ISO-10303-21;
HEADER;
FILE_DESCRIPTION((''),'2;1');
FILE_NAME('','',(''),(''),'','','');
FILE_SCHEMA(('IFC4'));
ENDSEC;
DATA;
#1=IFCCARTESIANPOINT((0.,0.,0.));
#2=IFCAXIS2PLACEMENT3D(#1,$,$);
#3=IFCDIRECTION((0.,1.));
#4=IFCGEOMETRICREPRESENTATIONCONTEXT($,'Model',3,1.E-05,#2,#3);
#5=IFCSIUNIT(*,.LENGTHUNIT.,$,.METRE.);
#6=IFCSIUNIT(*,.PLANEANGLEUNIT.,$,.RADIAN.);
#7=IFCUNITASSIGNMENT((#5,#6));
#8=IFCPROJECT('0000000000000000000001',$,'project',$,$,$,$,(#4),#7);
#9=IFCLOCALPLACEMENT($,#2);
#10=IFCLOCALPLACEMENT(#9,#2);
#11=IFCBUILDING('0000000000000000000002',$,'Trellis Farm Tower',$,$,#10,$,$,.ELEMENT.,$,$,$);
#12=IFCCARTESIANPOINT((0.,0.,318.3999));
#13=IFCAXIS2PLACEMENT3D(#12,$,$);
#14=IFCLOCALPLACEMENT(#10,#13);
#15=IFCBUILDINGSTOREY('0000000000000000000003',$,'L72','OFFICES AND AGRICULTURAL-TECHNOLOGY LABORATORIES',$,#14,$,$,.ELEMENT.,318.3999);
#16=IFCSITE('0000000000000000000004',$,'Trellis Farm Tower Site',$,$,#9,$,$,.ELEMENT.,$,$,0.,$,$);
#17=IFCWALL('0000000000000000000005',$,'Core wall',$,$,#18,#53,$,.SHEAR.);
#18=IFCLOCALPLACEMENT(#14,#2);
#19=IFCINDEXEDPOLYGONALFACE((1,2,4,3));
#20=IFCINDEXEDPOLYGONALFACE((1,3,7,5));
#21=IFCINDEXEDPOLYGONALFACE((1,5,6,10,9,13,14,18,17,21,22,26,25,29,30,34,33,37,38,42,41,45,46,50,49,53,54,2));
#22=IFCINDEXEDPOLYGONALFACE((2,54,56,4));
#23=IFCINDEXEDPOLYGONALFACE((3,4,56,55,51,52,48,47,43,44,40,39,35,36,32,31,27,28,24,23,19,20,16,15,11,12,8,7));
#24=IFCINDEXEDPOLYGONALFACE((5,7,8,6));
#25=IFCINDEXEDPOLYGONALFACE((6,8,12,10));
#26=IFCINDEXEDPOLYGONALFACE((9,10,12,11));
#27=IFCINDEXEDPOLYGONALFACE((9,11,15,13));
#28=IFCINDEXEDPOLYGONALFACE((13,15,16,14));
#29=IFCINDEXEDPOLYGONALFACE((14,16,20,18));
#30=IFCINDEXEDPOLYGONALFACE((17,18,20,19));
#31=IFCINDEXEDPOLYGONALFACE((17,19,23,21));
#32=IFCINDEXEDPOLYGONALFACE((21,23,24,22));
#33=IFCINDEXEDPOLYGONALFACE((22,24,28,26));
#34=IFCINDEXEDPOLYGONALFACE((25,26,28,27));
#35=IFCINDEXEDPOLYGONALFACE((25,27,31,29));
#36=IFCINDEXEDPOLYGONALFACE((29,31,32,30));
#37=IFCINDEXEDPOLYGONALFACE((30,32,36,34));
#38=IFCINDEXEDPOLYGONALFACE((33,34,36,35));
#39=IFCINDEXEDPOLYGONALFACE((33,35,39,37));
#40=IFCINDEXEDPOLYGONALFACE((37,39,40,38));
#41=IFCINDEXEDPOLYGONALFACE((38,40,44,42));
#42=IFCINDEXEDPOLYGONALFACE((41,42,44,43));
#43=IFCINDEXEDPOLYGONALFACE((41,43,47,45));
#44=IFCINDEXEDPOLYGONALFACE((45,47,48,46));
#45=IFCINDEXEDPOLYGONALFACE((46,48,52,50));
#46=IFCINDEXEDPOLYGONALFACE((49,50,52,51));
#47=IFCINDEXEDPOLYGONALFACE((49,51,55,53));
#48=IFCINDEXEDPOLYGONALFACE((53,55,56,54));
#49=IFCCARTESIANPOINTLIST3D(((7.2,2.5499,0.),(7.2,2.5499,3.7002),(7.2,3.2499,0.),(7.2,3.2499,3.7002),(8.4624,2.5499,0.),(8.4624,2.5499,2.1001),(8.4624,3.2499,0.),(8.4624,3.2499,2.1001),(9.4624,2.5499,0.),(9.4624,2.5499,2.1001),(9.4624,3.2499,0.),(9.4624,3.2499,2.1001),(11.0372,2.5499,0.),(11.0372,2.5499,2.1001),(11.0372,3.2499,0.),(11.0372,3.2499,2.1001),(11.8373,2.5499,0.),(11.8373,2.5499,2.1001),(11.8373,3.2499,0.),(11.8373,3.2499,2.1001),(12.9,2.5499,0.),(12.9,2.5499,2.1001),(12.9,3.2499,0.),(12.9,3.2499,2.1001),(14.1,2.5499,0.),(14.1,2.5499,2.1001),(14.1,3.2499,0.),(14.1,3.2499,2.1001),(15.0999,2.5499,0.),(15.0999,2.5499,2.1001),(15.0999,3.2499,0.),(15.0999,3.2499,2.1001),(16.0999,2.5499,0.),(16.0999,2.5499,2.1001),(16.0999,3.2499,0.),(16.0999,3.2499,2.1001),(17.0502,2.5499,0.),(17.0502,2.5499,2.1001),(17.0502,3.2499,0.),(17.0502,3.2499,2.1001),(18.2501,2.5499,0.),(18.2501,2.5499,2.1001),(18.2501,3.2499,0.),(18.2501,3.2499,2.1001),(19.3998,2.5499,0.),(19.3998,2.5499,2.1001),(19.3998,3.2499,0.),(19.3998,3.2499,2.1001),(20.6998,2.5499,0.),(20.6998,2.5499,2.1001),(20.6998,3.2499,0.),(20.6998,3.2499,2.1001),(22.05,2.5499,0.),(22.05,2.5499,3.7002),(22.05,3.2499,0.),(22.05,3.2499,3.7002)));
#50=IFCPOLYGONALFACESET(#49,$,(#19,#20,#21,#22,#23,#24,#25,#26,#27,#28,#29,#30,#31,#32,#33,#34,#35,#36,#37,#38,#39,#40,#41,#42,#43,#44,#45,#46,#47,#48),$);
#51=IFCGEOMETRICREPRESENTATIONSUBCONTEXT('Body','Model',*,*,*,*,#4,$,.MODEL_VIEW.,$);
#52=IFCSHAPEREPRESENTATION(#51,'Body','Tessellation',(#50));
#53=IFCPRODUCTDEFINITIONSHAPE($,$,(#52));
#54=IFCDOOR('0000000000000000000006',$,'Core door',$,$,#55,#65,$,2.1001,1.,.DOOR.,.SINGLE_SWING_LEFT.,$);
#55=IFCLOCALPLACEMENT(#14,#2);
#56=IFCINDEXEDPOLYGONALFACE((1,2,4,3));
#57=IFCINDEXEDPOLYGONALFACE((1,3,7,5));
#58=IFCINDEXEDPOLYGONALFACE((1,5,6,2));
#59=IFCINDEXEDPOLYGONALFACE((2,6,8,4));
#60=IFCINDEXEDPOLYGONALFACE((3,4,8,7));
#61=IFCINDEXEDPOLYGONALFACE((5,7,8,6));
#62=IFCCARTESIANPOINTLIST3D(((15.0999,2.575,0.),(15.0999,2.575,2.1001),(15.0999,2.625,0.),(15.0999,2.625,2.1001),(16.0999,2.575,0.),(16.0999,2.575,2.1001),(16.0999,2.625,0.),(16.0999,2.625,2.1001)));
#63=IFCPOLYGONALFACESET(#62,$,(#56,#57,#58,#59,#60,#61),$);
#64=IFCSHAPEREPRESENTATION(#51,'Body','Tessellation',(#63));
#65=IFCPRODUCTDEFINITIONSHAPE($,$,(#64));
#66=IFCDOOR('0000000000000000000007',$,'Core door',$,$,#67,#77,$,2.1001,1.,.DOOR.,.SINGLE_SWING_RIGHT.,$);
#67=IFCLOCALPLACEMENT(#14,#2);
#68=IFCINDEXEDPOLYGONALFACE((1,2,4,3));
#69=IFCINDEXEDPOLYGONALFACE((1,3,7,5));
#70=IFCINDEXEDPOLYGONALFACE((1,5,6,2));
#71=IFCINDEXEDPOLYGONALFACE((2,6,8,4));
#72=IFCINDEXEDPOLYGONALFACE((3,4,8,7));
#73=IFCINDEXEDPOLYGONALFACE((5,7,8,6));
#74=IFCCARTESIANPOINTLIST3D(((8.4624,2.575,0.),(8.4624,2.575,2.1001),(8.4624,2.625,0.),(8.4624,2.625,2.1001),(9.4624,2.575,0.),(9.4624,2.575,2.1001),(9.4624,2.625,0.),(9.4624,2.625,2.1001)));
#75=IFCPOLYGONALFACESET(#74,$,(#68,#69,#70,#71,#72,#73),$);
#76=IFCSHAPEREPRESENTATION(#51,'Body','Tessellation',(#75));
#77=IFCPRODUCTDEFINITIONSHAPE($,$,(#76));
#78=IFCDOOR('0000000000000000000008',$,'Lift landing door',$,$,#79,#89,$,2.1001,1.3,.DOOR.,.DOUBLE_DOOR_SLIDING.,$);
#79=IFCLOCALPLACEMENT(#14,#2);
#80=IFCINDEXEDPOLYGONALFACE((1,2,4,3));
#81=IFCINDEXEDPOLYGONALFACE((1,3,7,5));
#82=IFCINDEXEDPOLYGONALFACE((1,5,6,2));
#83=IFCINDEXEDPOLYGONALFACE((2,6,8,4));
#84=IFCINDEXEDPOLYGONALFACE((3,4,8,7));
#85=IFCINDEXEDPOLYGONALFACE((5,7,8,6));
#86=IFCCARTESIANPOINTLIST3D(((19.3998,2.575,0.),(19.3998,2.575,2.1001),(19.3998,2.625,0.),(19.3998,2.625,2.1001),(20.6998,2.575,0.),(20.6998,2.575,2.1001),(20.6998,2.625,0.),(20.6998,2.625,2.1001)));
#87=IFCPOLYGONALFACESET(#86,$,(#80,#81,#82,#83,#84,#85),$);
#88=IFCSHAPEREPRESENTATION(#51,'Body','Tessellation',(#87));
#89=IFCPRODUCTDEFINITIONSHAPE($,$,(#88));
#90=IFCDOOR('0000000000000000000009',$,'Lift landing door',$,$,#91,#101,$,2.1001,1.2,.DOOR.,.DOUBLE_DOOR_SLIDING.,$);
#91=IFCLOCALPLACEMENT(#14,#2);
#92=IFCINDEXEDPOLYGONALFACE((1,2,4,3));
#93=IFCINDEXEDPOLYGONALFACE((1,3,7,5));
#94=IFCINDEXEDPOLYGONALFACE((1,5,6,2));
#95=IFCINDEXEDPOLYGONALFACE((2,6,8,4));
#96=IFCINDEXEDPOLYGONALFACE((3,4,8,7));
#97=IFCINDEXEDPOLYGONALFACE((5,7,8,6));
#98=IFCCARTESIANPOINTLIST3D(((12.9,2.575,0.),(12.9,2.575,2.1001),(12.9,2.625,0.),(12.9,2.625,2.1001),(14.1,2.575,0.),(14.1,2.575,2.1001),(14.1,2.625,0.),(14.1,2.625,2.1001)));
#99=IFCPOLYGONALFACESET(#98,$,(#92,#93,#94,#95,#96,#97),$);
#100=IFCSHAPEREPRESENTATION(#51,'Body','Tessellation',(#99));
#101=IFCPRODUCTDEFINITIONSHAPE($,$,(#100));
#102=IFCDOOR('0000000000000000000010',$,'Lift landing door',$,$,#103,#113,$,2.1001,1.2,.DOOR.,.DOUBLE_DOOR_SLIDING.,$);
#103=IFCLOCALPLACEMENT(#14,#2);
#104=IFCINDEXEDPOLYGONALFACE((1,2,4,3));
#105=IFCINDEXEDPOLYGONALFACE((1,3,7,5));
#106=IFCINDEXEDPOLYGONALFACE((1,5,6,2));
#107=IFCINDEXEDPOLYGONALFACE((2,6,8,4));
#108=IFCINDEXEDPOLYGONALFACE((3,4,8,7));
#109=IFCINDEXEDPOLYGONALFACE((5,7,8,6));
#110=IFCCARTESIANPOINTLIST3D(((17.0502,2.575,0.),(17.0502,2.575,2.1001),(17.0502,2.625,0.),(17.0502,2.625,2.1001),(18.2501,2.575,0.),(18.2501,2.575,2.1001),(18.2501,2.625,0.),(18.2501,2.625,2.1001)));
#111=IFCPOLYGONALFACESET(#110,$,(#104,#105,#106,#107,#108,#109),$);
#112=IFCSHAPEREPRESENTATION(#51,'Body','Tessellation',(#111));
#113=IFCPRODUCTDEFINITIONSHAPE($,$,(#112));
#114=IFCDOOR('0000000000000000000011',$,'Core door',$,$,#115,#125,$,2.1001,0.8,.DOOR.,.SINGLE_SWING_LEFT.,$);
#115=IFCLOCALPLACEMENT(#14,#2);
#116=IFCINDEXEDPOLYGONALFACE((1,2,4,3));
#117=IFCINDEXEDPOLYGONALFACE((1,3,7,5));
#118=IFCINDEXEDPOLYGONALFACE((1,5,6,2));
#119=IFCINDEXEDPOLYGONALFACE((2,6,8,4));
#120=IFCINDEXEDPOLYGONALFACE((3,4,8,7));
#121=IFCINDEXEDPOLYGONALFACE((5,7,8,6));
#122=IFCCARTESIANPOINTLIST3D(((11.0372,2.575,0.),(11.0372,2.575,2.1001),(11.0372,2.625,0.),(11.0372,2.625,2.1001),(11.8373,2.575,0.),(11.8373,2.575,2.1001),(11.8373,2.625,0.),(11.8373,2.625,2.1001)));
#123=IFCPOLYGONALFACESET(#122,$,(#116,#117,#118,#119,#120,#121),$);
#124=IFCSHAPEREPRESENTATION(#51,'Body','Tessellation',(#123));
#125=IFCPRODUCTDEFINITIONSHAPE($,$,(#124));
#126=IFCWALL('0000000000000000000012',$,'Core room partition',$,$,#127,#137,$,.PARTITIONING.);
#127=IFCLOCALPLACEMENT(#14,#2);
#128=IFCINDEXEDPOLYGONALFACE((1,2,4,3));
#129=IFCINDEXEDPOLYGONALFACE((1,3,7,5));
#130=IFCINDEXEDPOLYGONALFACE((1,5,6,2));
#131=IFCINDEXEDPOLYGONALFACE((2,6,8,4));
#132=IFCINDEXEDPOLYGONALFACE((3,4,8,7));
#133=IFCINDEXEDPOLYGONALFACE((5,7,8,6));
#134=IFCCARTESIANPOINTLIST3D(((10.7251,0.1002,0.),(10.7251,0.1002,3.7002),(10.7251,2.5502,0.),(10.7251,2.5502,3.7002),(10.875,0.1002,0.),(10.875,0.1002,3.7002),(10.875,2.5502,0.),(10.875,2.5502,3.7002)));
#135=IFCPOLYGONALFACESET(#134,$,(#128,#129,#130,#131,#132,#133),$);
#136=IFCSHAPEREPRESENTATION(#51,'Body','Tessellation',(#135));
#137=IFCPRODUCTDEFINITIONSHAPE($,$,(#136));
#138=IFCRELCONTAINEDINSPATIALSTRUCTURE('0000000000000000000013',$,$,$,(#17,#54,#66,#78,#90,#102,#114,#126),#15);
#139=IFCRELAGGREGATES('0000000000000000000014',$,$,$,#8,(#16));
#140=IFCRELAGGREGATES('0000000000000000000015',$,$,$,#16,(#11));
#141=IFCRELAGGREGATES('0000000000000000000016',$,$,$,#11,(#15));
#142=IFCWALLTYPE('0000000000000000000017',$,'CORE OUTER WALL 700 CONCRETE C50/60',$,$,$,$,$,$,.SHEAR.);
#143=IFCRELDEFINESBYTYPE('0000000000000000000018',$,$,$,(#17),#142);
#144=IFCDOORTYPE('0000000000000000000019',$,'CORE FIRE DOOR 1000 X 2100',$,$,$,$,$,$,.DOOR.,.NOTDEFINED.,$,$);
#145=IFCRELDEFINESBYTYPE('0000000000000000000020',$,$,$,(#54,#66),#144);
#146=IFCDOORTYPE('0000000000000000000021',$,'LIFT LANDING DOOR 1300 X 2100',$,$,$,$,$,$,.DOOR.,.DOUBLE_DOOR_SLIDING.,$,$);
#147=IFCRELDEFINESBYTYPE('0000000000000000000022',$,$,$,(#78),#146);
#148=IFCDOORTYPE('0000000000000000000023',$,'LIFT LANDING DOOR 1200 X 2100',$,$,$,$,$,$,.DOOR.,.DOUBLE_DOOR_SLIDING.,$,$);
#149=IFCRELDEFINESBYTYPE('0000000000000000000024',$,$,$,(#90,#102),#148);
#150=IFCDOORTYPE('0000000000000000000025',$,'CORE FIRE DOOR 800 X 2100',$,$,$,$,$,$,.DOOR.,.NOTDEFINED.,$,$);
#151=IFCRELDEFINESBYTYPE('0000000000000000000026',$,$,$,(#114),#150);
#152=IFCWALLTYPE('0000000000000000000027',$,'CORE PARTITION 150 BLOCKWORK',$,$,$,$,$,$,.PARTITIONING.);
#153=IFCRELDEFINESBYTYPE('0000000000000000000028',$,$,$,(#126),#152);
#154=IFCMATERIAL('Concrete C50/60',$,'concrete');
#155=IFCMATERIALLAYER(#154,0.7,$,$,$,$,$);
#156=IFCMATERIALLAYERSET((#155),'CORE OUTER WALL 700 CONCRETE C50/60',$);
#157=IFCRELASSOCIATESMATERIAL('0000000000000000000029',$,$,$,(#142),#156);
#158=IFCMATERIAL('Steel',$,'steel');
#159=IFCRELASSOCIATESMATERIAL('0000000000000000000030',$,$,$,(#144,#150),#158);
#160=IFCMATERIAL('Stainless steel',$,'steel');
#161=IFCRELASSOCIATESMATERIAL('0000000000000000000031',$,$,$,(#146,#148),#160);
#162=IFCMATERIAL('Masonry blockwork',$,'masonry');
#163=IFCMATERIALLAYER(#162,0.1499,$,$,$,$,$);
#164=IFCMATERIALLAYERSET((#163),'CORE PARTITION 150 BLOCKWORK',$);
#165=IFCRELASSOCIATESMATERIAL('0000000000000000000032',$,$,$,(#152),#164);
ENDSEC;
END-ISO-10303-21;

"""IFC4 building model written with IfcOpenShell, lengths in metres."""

from ifc_helpers import new_model, si_unit, direction, frame, frame_2d, origin, place, context, subcontext, project, spatial, rectangle, extrude, source, transform, mapped, material, layer, layer_set, type_object, element, fill, save


model = new_model("IFC4")

# Units and contexts
model_context = context("Model", 3, precision=1e-05, world=origin(), true_north=direction((0.0, 1.0)))
body_context = subcontext(model_context, "Body", "Model", "MODEL_VIEW")
ifc_project = project(units=[si_unit("LENGTHUNIT", "METRE"), si_unit("PLANEANGLEUNIT", "RADIAN")], contexts=[model_context])

# Site, building, storey
site_placement = place(None, origin())
site = spatial("IfcSite", under=ifc_project, at=site_placement, Name="Trellis Farm Tower Site", CompositionType="ELEMENT", RefElevation=0.0)
building_placement = place(site_placement, origin())
building = spatial("IfcBuilding", under=site, at=building_placement, Name="Trellis Farm Tower", CompositionType="ELEMENT")
storey_placement = place(building_placement, frame((0.0, 0.0, 318.3999)))
storey = spatial("IfcBuildingStorey", under=building, at=storey_placement, Name="L72", Description="OFFICES AND AGRICULTURAL-TECHNOLOGY LABORATORIES", CompositionType="ELEMENT", Elevation=318.3999)

# Wall, openings, doors
ifc_material_1 = material(Name="Concrete C50/60", Category="concrete")
ifc_layer_1 = layer(ifc_material_1, 0.7)
ifc_layer_set_1 = layer_set([ifc_layer_1], Name="CORE OUTER WALL 700 CONCRETE C50/60")
wall_type_1 = type_object("IfcWallType", Name="CORE OUTER WALL 700 CONCRETE C50/60", PredefinedType="SHEAR", material=ifc_layer_set_1)
shared_shape_1 = source(origin(), body_context, "Body", "SweptSolid", [
    extrude(rectangle(XDim=14.8501, YDim=0.7, at=frame_2d((7.425, 0.0))), origin(), (0.0, 0.0, 1.0), 3.7002),
])
wall_1_placement = place(storey_placement, frame((7.2, 2.8999, 0.0), z_axis=(0.0, 0.0, 1.0), x_axis=(1.0, 0.0, 0.0)))
wall_1 = element("IfcWall", 1, at=wall_1_placement, inside=storey, type_object=wall_type_1, Name="Core wall", PredefinedType="SHEAR", context=body_context, shape_type="MappedRepresentation", body=[
    mapped(shared_shape_1, transform((0.0, 0.0, 0.0))),
])
shared_shape_2 = source(origin(), body_context, "Body", "SweptSolid", [
    extrude(rectangle(XDim=1.2, YDim=2.1001, at=frame_2d((0.6001, 1.05))), frame((0.0, 0.3601, 0.0), z_axis=(0.0, -1.0, 0.0), x_axis=(1.0, 0.0, 0.0)), (0.0, 0.0, 1.0), 0.7202),
])
opening_1_placement = place(wall_1_placement, frame((5.7, 0.0, 0.0)))
opening_1 = element("IfcOpeningElement", 2, at=opening_1_placement, cuts=wall_1, PredefinedType="OPENING", context=body_context, shape_type="MappedRepresentation", body=[
    mapped(shared_shape_2, transform((0.0, 0.0, 0.0))),
])
shared_shape_3 = source(origin(), body_context, "Body", "SweptSolid", [
    extrude(rectangle(XDim=1.3, YDim=2.1001, at=frame_2d((0.6499, 1.05))), frame((0.0, 0.3601, 0.0), z_axis=(0.0, -1.0, 0.0), x_axis=(1.0, 0.0, 0.0)), (0.0, 0.0, 1.0), 0.7202),
])
opening_2_placement = place(wall_1_placement, frame((12.2, 0.0, 0.0)))
opening_2 = element("IfcOpeningElement", 3, at=opening_2_placement, cuts=wall_1, PredefinedType="OPENING", context=body_context, shape_type="MappedRepresentation", body=[
    mapped(shared_shape_3, transform((0.0, 0.0, 0.0))),
])
opening_3_placement = place(wall_1_placement, frame((9.8501, 0.0, 0.0)))
opening_3 = element("IfcOpeningElement", 4, at=opening_3_placement, cuts=wall_1, PredefinedType="OPENING", context=body_context, shape_type="MappedRepresentation", body=[
    mapped(shared_shape_2, transform((0.0, 0.0, 0.0))),
])
shared_shape_4 = source(origin(), body_context, "Body", "SweptSolid", [
    extrude(rectangle(XDim=1.0, YDim=2.1001, at=frame_2d((0.5, 1.05))), frame((0.0, 0.3601, 0.0), z_axis=(0.0, -1.0, 0.0), x_axis=(1.0, 0.0, 0.0)), (0.0, 0.0, 1.0), 0.7202),
])
opening_4_placement = place(wall_1_placement, frame((7.8999, 0.0, 0.0)))
opening_4 = element("IfcOpeningElement", 5, at=opening_4_placement, cuts=wall_1, PredefinedType="OPENING", context=body_context, shape_type="MappedRepresentation", body=[
    mapped(shared_shape_4, transform((0.0, 0.0, 0.0))),
])
opening_5_placement = place(wall_1_placement, frame((1.2625, 0.0, 0.0)))
opening_5 = element("IfcOpeningElement", 6, at=opening_5_placement, cuts=wall_1, PredefinedType="OPENING", context=body_context, shape_type="MappedRepresentation", body=[
    mapped(shared_shape_4, transform((0.0, 0.0, 0.0))),
])
shared_shape_5 = source(origin(), body_context, "Body", "SweptSolid", [
    extrude(rectangle(XDim=0.8, YDim=2.1001, at=frame_2d((0.3999, 1.05))), frame((0.0, 0.3601, 0.0), z_axis=(0.0, -1.0, 0.0), x_axis=(1.0, 0.0, 0.0)), (0.0, 0.0, 1.0), 0.7202),
])
opening_6_placement = place(wall_1_placement, frame((3.8374, 0.0, 0.0)))
opening_6 = element("IfcOpeningElement", 7, at=opening_6_placement, cuts=wall_1, PredefinedType="OPENING", context=body_context, shape_type="MappedRepresentation", body=[
    mapped(shared_shape_5, transform((0.0, 0.0, 0.0))),
])
ifc_material_2 = material(Name="Steel", Category="steel")
door_type_1 = type_object("IfcDoorType", Name="CORE FIRE DOOR 1000 X 2100", OperationType="NOTDEFINED", PredefinedType="DOOR", material=ifc_material_2)
shared_shape_6 = source(origin(), body_context, "Body", "SweptSolid", [
    extrude(rectangle(XDim=1.0, YDim=2.1001, at=frame_2d((0.5, 1.05))), frame((0.0, -0.2749, 0.0), z_axis=(0.0, -1.0, 0.0), x_axis=(1.0, 0.0, 0.0)), (0.0, 0.0, 1.0), 0.05),
])
door_1_placement = place(opening_4_placement, origin())
door_1 = element("IfcDoor", 8, at=door_1_placement, inside=storey, type_object=door_type_1, Name="Core door", OperationType="SINGLE_SWING_LEFT", OverallHeight=2.1001, OverallWidth=1.0, PredefinedType="DOOR", context=body_context, shape_type="MappedRepresentation", body=[
    mapped(shared_shape_6, transform((0.0, 0.0, 0.0))),
])
fill(opening_4, door_1)
door_2_placement = place(opening_5_placement, origin())
door_2 = element("IfcDoor", 9, at=door_2_placement, inside=storey, type_object=door_type_1, Name="Core door", OperationType="SINGLE_SWING_RIGHT", OverallHeight=2.1001, OverallWidth=1.0, PredefinedType="DOOR", context=body_context, shape_type="MappedRepresentation", body=[
    mapped(shared_shape_6, transform((0.0, 0.0, 0.0))),
])
fill(opening_5, door_2)
ifc_material_3 = material(Name="Stainless steel", Category="steel")
door_type_2 = type_object("IfcDoorType", Name="LIFT LANDING DOOR 1300 X 2100", OperationType="DOUBLE_DOOR_SLIDING", PredefinedType="DOOR", material=ifc_material_3)
shared_shape_7 = source(origin(), body_context, "Body", "SweptSolid", [
    extrude(rectangle(XDim=1.3, YDim=2.1001, at=frame_2d((0.6499, 1.05))), frame((0.0, -0.2749, 0.0), z_axis=(0.0, -1.0, 0.0), x_axis=(1.0, 0.0, 0.0)), (0.0, 0.0, 1.0), 0.05),
])
door_3_placement = place(opening_2_placement, origin())
door_3 = element("IfcDoor", 10, at=door_3_placement, inside=storey, type_object=door_type_2, Name="Lift landing door", OperationType="DOUBLE_DOOR_SLIDING", OverallHeight=2.1001, OverallWidth=1.3, PredefinedType="DOOR", context=body_context, shape_type="MappedRepresentation", body=[
    mapped(shared_shape_7, transform((0.0, 0.0, 0.0))),
])
fill(opening_2, door_3)
door_type_3 = type_object("IfcDoorType", Name="LIFT LANDING DOOR 1200 X 2100", OperationType="DOUBLE_DOOR_SLIDING", PredefinedType="DOOR", material=ifc_material_3)
shared_shape_8 = source(origin(), body_context, "Body", "SweptSolid", [
    extrude(rectangle(XDim=1.2, YDim=2.1001, at=frame_2d((0.6001, 1.05))), frame((0.0, -0.2749, 0.0), z_axis=(0.0, -1.0, 0.0), x_axis=(1.0, 0.0, 0.0)), (0.0, 0.0, 1.0), 0.05),
])
door_4_placement = place(opening_1_placement, origin())
door_4 = element("IfcDoor", 11, at=door_4_placement, inside=storey, type_object=door_type_3, Name="Lift landing door", OperationType="DOUBLE_DOOR_SLIDING", OverallHeight=2.1001, OverallWidth=1.2, PredefinedType="DOOR", context=body_context, shape_type="MappedRepresentation", body=[
    mapped(shared_shape_8, transform((0.0, 0.0, 0.0))),
])
fill(opening_1, door_4)
door_5_placement = place(opening_3_placement, origin())
door_5 = element("IfcDoor", 12, at=door_5_placement, inside=storey, type_object=door_type_3, Name="Lift landing door", OperationType="DOUBLE_DOOR_SLIDING", OverallHeight=2.1001, OverallWidth=1.2, PredefinedType="DOOR", context=body_context, shape_type="MappedRepresentation", body=[
    mapped(shared_shape_8, transform((0.0, 0.0, 0.0))),
])
fill(opening_3, door_5)
door_type_4 = type_object("IfcDoorType", Name="CORE FIRE DOOR 800 X 2100", OperationType="NOTDEFINED", PredefinedType="DOOR", material=ifc_material_2)
shared_shape_9 = source(origin(), body_context, "Body", "SweptSolid", [
    extrude(rectangle(XDim=0.8, YDim=2.1001, at=frame_2d((0.3999, 1.05))), frame((0.0, -0.2749, 0.0), z_axis=(0.0, -1.0, 0.0), x_axis=(1.0, 0.0, 0.0)), (0.0, 0.0, 1.0), 0.05),
])
door_6_placement = place(opening_6_placement, origin())
door_6 = element("IfcDoor", 13, at=door_6_placement, inside=storey, type_object=door_type_4, Name="Core door", OperationType="SINGLE_SWING_LEFT", OverallHeight=2.1001, OverallWidth=0.8, PredefinedType="DOOR", context=body_context, shape_type="MappedRepresentation", body=[
    mapped(shared_shape_9, transform((0.0, 0.0, 0.0))),
])
fill(opening_6, door_6)

# Wall
ifc_material_4 = material(Name="Masonry blockwork", Category="masonry")
ifc_layer_2 = layer(ifc_material_4, 0.1499)
ifc_layer_set_2 = layer_set([ifc_layer_2], Name="CORE PARTITION 150 BLOCKWORK")
wall_type_2 = type_object("IfcWallType", Name="CORE PARTITION 150 BLOCKWORK", PredefinedType="PARTITIONING", material=ifc_layer_set_2)
shared_shape_10 = source(origin(), body_context, "Body", "SweptSolid", [
    extrude(rectangle(XDim=2.45, YDim=0.1499, at=frame_2d((1.2251, 0.0))), origin(), (0.0, 0.0, 1.0), 3.7002),
])
wall_2_placement = place(storey_placement, frame((10.8, 0.1001, 0.0), z_axis=(0.0, 0.0, 1.0), x_axis=(0.0, 1.0, 0.0)))
element("IfcWall", 14, at=wall_2_placement, inside=storey, type_object=wall_type_2, Name="Core room partition", PredefinedType="PARTITIONING", context=body_context, shape_type="MappedRepresentation", body=[
    mapped(shared_shape_10, transform((0.0, 0.0, 0.0))),
])

save(model, "model.ifc")
